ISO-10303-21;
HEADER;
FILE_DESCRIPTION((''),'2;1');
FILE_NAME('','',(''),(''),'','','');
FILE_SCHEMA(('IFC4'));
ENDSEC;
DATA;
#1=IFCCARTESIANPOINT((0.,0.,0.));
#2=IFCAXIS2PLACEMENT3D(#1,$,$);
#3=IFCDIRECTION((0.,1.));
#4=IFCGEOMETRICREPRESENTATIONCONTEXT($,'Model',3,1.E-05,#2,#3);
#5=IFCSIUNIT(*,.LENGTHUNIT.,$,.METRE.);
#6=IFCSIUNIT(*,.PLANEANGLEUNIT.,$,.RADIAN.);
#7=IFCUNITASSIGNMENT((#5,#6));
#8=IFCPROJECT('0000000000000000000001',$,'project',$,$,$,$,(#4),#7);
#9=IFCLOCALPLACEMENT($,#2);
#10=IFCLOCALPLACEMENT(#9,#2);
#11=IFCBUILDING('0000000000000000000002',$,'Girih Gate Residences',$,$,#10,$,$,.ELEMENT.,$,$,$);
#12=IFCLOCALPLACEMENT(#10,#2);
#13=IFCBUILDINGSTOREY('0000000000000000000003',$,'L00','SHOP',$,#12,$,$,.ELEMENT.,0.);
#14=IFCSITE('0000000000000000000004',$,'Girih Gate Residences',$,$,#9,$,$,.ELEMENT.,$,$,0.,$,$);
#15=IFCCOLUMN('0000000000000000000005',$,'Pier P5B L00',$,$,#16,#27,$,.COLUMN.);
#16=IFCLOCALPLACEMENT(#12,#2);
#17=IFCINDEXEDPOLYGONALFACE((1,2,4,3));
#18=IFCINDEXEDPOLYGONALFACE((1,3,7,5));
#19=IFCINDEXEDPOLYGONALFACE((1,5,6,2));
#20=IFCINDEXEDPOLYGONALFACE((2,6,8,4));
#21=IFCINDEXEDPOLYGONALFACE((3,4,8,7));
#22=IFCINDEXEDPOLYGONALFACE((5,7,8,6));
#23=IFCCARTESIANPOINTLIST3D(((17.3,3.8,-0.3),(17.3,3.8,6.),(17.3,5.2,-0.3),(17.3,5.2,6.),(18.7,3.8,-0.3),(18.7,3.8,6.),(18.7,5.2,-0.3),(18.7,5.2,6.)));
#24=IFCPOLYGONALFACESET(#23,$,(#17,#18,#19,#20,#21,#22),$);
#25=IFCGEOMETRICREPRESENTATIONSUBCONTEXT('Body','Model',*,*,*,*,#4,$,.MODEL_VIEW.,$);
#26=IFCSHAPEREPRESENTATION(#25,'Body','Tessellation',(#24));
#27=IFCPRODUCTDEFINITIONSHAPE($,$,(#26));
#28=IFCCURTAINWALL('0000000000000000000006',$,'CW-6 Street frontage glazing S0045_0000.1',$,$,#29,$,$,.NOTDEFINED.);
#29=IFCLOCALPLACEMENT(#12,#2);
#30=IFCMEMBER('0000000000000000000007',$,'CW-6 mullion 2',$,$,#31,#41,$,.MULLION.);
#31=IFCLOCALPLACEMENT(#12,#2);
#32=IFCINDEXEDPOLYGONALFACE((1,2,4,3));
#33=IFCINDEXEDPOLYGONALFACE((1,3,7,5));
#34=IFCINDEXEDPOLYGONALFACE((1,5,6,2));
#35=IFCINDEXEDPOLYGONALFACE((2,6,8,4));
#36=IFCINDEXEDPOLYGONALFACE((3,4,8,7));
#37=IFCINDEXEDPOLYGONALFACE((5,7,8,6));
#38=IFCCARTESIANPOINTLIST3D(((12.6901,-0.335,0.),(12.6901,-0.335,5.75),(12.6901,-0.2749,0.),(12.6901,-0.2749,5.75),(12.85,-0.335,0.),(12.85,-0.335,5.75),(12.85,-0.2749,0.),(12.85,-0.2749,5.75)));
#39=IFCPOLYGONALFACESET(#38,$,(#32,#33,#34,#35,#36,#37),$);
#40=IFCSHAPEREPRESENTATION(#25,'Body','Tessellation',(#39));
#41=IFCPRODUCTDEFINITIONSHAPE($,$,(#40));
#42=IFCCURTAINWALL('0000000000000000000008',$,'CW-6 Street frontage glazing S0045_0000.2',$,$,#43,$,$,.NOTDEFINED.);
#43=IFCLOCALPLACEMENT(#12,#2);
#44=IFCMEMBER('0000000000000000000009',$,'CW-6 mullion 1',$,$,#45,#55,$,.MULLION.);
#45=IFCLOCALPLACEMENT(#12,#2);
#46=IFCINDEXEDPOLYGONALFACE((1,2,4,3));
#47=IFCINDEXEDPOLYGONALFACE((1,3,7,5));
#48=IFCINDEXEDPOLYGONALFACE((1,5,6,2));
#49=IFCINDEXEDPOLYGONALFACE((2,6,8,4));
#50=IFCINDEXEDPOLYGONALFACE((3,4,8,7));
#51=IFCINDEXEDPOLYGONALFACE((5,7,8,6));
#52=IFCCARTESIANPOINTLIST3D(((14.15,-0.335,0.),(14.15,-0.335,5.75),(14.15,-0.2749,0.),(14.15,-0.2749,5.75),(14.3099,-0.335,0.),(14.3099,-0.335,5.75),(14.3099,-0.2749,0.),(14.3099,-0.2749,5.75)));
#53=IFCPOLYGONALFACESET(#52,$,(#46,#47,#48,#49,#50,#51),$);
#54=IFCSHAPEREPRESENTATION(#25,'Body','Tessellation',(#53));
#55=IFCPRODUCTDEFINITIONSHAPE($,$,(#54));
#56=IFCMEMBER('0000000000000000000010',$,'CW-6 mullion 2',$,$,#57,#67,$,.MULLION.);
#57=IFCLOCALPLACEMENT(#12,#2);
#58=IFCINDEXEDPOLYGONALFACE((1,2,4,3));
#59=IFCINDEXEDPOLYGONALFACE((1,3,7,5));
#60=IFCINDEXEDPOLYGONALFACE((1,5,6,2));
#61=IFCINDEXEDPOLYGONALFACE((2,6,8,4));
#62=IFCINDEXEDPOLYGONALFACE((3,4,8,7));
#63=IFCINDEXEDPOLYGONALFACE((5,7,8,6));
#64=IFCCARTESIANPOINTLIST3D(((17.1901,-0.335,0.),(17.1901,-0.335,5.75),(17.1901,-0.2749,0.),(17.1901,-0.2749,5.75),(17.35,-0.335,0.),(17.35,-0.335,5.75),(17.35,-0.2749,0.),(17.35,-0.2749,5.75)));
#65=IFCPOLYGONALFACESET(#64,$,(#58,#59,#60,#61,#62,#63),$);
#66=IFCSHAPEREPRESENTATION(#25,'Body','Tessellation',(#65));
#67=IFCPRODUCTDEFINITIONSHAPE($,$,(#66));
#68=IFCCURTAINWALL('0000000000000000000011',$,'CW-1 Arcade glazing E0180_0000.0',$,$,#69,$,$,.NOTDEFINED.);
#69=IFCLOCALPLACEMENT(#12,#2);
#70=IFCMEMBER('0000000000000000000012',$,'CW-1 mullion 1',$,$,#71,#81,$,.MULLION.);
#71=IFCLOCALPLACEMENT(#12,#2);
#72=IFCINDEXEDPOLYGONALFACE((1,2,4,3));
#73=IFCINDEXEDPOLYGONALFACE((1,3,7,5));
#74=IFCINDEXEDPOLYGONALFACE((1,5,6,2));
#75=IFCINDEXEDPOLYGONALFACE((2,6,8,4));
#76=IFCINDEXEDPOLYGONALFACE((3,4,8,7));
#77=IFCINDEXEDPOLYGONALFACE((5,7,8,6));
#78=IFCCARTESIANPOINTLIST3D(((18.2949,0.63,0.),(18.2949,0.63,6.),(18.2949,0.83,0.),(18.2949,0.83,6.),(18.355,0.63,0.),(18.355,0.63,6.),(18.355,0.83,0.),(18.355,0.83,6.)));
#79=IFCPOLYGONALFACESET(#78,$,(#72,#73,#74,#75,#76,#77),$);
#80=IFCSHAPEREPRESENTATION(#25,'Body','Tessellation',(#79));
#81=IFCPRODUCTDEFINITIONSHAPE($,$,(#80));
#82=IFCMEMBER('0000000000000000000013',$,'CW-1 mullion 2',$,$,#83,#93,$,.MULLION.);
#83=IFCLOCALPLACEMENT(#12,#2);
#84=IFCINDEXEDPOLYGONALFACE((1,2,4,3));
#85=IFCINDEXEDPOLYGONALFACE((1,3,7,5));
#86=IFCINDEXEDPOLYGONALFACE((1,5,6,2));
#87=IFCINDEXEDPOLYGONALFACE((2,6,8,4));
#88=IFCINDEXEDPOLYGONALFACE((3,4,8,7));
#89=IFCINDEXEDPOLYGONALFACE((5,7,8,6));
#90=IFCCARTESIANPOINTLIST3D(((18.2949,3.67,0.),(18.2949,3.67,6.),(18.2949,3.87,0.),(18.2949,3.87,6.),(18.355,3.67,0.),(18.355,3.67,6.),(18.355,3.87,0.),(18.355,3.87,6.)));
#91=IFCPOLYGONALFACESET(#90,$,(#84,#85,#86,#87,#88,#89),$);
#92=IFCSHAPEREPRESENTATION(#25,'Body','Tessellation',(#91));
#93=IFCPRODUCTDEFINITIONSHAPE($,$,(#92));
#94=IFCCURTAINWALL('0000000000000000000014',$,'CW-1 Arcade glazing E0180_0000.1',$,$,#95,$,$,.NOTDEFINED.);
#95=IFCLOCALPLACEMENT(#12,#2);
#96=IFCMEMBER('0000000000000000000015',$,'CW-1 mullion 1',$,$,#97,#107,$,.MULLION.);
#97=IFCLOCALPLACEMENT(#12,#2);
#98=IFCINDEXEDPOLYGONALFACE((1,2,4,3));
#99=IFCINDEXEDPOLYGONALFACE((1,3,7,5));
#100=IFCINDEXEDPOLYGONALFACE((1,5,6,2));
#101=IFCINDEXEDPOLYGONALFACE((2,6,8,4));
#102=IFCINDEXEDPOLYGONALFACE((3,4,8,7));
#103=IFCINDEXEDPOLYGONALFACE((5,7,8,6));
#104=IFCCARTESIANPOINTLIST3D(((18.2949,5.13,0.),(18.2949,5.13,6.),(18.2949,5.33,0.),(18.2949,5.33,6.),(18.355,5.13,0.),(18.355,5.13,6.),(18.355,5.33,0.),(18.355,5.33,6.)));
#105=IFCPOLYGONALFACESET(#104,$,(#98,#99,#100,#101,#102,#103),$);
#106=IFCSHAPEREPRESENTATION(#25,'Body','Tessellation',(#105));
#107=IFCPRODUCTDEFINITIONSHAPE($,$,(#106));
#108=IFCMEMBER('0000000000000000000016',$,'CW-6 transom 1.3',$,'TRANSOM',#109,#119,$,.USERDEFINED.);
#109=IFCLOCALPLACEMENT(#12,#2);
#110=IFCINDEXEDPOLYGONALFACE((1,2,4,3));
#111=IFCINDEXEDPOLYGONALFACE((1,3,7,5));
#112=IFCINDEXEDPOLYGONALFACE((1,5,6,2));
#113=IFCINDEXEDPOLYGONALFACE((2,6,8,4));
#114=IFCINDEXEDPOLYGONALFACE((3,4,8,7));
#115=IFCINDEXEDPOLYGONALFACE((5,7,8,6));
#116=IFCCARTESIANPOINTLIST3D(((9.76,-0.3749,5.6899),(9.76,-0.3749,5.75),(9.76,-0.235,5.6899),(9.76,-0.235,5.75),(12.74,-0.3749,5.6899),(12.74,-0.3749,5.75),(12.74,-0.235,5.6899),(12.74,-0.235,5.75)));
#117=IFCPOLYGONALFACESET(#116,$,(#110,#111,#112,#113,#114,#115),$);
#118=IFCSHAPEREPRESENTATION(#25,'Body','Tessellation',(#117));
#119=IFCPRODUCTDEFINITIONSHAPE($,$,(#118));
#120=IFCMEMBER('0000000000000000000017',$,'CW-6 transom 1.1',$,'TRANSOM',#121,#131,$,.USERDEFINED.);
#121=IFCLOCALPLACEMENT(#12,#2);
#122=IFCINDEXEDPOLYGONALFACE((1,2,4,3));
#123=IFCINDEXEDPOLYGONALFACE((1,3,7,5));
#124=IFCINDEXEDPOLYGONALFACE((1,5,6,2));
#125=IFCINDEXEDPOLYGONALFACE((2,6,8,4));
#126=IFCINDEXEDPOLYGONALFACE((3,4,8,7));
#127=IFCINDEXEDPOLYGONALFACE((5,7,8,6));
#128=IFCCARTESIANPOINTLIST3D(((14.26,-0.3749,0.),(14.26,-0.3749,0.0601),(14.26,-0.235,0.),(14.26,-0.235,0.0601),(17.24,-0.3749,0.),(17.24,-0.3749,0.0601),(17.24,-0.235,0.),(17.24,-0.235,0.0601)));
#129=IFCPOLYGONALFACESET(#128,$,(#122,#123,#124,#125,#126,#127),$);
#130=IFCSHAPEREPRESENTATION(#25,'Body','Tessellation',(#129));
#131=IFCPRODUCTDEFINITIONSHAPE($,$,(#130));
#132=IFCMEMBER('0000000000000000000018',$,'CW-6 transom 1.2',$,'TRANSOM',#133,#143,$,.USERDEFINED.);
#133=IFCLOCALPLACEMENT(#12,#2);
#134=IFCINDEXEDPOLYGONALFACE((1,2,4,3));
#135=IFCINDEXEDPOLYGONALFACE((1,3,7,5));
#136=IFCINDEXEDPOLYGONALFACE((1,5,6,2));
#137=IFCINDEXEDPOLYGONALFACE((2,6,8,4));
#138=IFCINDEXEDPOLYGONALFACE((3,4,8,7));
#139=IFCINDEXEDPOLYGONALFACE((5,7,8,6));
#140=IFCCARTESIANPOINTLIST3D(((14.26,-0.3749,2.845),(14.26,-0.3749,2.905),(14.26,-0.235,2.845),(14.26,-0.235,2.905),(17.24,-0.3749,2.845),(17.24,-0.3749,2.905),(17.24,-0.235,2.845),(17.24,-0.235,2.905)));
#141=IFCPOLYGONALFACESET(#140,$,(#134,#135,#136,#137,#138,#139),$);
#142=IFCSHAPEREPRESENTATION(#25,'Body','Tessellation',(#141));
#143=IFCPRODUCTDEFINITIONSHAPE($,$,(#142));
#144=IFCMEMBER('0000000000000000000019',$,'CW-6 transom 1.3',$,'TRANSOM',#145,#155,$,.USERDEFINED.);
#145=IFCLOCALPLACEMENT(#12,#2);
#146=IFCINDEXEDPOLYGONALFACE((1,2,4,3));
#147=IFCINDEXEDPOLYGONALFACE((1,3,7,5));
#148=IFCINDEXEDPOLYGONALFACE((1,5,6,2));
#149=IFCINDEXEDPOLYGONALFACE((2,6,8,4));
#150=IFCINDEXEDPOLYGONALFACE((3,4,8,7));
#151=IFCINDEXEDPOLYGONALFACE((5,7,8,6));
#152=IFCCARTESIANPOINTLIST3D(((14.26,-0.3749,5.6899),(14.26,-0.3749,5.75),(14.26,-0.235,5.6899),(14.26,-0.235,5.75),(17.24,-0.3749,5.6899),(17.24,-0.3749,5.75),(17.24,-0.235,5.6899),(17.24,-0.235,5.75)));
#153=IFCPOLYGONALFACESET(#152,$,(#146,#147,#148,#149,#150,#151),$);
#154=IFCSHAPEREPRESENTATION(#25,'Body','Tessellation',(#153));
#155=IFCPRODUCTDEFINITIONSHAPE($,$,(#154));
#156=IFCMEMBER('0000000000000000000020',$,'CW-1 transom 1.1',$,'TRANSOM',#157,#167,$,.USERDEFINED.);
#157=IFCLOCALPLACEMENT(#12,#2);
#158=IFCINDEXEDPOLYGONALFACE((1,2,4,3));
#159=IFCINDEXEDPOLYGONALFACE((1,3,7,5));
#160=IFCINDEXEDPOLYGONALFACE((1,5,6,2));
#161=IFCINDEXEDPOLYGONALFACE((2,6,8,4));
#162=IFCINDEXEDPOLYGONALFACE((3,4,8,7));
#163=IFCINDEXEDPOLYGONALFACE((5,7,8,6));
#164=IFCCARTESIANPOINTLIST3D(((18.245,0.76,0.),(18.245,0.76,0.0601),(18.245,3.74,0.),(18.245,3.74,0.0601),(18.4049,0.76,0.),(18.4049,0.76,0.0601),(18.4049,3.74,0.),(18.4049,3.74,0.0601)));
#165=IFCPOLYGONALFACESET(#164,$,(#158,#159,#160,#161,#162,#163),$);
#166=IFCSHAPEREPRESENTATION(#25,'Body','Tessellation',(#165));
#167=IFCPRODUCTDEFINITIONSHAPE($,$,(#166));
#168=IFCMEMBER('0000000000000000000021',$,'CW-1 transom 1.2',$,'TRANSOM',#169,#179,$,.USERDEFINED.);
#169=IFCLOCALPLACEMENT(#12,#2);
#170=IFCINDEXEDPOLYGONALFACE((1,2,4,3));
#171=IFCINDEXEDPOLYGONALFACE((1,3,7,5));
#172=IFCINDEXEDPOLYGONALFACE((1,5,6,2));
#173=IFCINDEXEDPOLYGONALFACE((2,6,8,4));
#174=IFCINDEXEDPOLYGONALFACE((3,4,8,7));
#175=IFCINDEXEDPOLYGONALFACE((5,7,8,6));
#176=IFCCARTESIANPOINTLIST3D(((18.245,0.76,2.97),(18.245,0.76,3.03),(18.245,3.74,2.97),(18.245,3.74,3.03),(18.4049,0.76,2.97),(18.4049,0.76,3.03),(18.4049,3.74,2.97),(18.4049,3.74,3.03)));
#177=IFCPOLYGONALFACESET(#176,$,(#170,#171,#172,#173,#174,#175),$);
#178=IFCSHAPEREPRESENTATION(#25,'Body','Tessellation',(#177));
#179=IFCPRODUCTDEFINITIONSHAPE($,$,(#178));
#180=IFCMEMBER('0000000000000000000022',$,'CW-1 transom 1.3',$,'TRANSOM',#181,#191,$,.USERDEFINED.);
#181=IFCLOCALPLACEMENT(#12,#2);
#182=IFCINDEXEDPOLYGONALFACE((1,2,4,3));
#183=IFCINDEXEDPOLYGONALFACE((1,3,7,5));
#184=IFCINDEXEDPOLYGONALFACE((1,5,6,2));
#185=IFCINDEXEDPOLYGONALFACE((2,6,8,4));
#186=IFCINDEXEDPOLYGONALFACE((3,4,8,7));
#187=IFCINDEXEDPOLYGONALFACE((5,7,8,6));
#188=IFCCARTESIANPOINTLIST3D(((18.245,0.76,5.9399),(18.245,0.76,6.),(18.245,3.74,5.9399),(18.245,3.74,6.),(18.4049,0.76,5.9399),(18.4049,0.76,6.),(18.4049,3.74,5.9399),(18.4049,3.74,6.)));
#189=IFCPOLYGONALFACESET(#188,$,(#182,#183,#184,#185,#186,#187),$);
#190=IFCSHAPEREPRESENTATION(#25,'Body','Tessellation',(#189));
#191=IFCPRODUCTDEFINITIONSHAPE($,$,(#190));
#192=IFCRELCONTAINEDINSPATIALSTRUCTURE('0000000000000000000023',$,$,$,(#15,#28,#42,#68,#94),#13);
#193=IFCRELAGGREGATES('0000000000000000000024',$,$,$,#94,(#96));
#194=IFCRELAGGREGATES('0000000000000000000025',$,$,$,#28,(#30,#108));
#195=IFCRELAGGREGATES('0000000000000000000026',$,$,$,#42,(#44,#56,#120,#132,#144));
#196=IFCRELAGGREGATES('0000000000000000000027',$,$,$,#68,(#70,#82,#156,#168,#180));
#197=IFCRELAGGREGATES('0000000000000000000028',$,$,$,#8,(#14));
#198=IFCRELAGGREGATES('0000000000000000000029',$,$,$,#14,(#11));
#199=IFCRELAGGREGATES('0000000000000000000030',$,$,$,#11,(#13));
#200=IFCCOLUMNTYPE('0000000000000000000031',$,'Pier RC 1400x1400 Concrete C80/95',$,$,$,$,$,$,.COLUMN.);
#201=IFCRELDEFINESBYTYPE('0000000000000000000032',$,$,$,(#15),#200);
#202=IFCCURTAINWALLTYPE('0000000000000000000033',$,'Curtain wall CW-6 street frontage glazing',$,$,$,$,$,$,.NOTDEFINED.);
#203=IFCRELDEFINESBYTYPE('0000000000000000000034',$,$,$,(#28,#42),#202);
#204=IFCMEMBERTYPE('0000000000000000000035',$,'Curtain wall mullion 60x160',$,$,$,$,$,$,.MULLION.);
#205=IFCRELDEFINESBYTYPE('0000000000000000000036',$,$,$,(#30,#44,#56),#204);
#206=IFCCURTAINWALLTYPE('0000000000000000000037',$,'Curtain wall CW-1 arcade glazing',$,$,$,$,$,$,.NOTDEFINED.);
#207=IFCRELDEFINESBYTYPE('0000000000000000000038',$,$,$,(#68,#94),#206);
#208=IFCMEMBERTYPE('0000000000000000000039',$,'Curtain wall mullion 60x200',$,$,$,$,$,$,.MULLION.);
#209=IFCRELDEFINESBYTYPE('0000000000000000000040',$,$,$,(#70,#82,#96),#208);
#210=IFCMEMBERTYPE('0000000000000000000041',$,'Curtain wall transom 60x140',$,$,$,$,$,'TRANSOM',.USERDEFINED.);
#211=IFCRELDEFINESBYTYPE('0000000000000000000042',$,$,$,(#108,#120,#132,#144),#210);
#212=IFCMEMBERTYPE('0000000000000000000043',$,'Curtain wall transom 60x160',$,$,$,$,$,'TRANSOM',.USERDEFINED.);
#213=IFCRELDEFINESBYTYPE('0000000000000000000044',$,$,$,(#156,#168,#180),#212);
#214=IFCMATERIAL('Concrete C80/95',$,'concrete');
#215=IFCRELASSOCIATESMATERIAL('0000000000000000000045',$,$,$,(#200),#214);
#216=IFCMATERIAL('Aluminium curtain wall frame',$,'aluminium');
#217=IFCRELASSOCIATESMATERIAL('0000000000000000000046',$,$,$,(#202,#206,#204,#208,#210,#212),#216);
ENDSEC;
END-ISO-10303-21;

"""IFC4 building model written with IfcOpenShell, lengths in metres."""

from ifc_helpers import new_model, si_unit, direction, frame, origin, origin_2d, place, context, subcontext, project, spatial, rectangle, extrude, material, material_profile, profile_set, type_object, element, aggregate, save


model = new_model("IFC4")

# Units and contexts
model_context = context("Model", 3, precision=1e-05, world=origin(), true_north=direction((0.0, 1.0)))
body_context = subcontext(model_context, "Body", "Model", "MODEL_VIEW")
ifc_project = project(units=[si_unit("LENGTHUNIT", "METRE"), si_unit("PLANEANGLEUNIT", "RADIAN")], contexts=[model_context])

# Site, building, storey
site_placement = place(None, origin())
site = spatial("IfcSite", under=ifc_project, at=site_placement, Name="Girih Gate Residences", CompositionType="ELEMENT", RefElevation=0.0)
building_placement = place(site_placement, origin())
building = spatial("IfcBuilding", under=site, at=building_placement, Name="Girih Gate Residences", CompositionType="ELEMENT")
storey_placement = place(building_placement, origin())
storey = spatial("IfcBuildingStorey", under=building, at=storey_placement, Name="L00", Description="SHOP", CompositionType="ELEMENT", Elevation=0.0)

# Column
ifc_material_1 = material(Name="Concrete C80/95", Category="concrete")
ifc_material_profile_1 = material_profile(ifc_material_1, rectangle(XDim=1.3999, YDim=1.3999, at=origin_2d()))
ifc_profile_set_1 = profile_set([ifc_material_profile_1], Name="Concrete C80/95")
column_type = type_object("IfcColumnType", Name="Pier RC 1400x1400 Concrete C80/95", PredefinedType="COLUMN", material=ifc_profile_set_1)
for number, where, z_axis, x_axis, name in (
    (1, (18.0, 4.5, -0.3), (0.0, 0.0, 1.0), (1.0, 0.0, 0.0), "Pier P5B L00"),
):
    element("IfcColumn", number, at=place(storey_placement, frame(where, z_axis=z_axis, x_axis=x_axis)), inside=storey, type_object=column_type, Name=name, PredefinedType="COLUMN", context=body_context, shape_type="SweptSolid", body=[
        extrude(rectangle(XDim=1.3999, YDim=1.3999, at=origin_2d()), origin(), (0.0, 0.0, 1.0), 6.3),
    ])

# Curtain wall, member
ifc_material_2 = material(Name="Aluminium curtain wall frame", Category="aluminium")
curtain_wall_type_1 = type_object("IfcCurtainWallType", Name="Curtain wall CW-6 street frontage glazing", PredefinedType="NOTDEFINED", material=ifc_material_2)
curtain_wall_1_placement = place(storey_placement, origin())
curtain_wall_1 = element("IfcCurtainWall", 2, at=curtain_wall_1_placement, inside=storey, type_object=curtain_wall_type_1, Name="CW-6 Street frontage glazing S0045_0000.1", PredefinedType="NOTDEFINED")
ifc_material_profile_2 = material_profile(ifc_material_2, rectangle(XDim=0.0601, YDim=0.1599, at=origin_2d()))
ifc_profile_set_2 = profile_set([ifc_material_profile_2], Name="Aluminium curtain wall frame")
member_type_1 = type_object("IfcMemberType", Name="Curtain wall mullion 60x160", PredefinedType="MULLION", material=ifc_profile_set_2)
member_1_placement = place(storey_placement, frame((12.77, -0.3049, 0.0), z_axis=(0.0, 0.0, 1.0), x_axis=(0.0, 1.0, 0.0)))
member_1 = element("IfcMember", 3, at=member_1_placement, type_object=member_type_1, Name="CW-6 mullion 2", PredefinedType="MULLION", context=body_context, shape_type="SweptSolid", body=[
    extrude(rectangle(XDim=0.0601, YDim=0.1599, at=origin_2d()), origin(), (0.0, 0.0, 1.0), 5.75),
])

# Curtain walls, members
curtain_wall_2_placement = place(storey_placement, origin())
curtain_wall_2 = element("IfcCurtainWall", 4, at=curtain_wall_2_placement, inside=storey, type_object=curtain_wall_type_1, Name="CW-6 Street frontage glazing S0045_0000.2", PredefinedType="NOTDEFINED")
member_2_placement = place(storey_placement, frame((14.23, -0.3049, 0.0), z_axis=(0.0, 0.0, 1.0), x_axis=(0.0, 1.0, 0.0)))
member_2 = element("IfcMember", 5, at=member_2_placement, type_object=member_type_1, Name="CW-6 mullion 1", PredefinedType="MULLION", context=body_context, shape_type="SweptSolid", body=[
    extrude(rectangle(XDim=0.0601, YDim=0.1599, at=origin_2d()), origin(), (0.0, 0.0, 1.0), 5.75),
])
member_3_placement = place(storey_placement, frame((17.27, -0.3049, 0.0), z_axis=(0.0, 0.0, 1.0), x_axis=(0.0, 1.0, 0.0)))
member_3 = element("IfcMember", 6, at=member_3_placement, type_object=member_type_1, Name="CW-6 mullion 2", PredefinedType="MULLION", context=body_context, shape_type="SweptSolid", body=[
    extrude(rectangle(XDim=0.0601, YDim=0.1599, at=origin_2d()), origin(), (0.0, 0.0, 1.0), 5.75),
])
curtain_wall_type_2 = type_object("IfcCurtainWallType", Name="Curtain wall CW-1 arcade glazing", PredefinedType="NOTDEFINED", material=ifc_material_2)
curtain_wall_3_placement = place(storey_placement, origin())
curtain_wall_3 = element("IfcCurtainWall", 7, at=curtain_wall_3_placement, inside=storey, type_object=curtain_wall_type_2, Name="CW-1 Arcade glazing E0180_0000.0", PredefinedType="NOTDEFINED")
ifc_material_profile_3 = material_profile(ifc_material_2, rectangle(XDim=0.0601, YDim=0.2, at=origin_2d()))
ifc_profile_set_3 = profile_set([ifc_material_profile_3], Name="Aluminium curtain wall frame")
member_type_2 = type_object("IfcMemberType", Name="Curtain wall mullion 60x200", PredefinedType="MULLION", material=ifc_profile_set_3)
member_4_placement = place(storey_placement, frame((18.325, 0.73, 0.0), z_axis=(0.0, 0.0, 1.0), x_axis=(-1.0, 0.0, 0.0)))
member_4 = element("IfcMember", 8, at=member_4_placement, type_object=member_type_2, Name="CW-1 mullion 1", PredefinedType="MULLION", context=body_context, shape_type="SweptSolid", body=[
    extrude(rectangle(XDim=0.0601, YDim=0.2, at=origin_2d()), origin(), (0.0, 0.0, 1.0), 6.0),
])
member_5_placement = place(storey_placement, frame((18.325, 3.77, 0.0), z_axis=(0.0, 0.0, 1.0), x_axis=(-1.0, 0.0, 0.0)))
member_5 = element("IfcMember", 9, at=member_5_placement, type_object=member_type_2, Name="CW-1 mullion 2", PredefinedType="MULLION", context=body_context, shape_type="SweptSolid", body=[
    extrude(rectangle(XDim=0.0601, YDim=0.2, at=origin_2d()), origin(), (0.0, 0.0, 1.0), 6.0),
])

# Curtain wall, member
curtain_wall_4_placement = place(storey_placement, origin())
curtain_wall_4 = element("IfcCurtainWall", 10, at=curtain_wall_4_placement, inside=storey, type_object=curtain_wall_type_2, Name="CW-1 Arcade glazing E0180_0000.1", PredefinedType="NOTDEFINED")
member_6_placement = place(storey_placement, frame((18.325, 5.23, 0.0), z_axis=(0.0, 0.0, 1.0), x_axis=(-1.0, 0.0, 0.0)))
member_6 = element("IfcMember", 11, at=member_6_placement, type_object=member_type_2, Name="CW-1 mullion 1", PredefinedType="MULLION", context=body_context, shape_type="SweptSolid", body=[
    extrude(rectangle(XDim=0.0601, YDim=0.2, at=origin_2d()), origin(), (0.0, 0.0, 1.0), 6.0),
])

# Members
ifc_material_profile_4 = material_profile(ifc_material_2, rectangle(XDim=0.1399, YDim=0.0601, at=origin_2d()))
ifc_profile_set_4 = profile_set([ifc_material_profile_4], Name="Aluminium curtain wall frame")
member_type_3 = type_object("IfcMemberType", Name="Curtain wall transom 60x140", ElementType="TRANSOM", PredefinedType="USERDEFINED", material=ifc_profile_set_4)
member_7_placement = place(storey_placement, frame((9.76, -0.3049, 5.72), z_axis=(1.0, 0.0, 0.0), x_axis=(0.0, 1.0, 0.0)))
member_7 = element("IfcMember", 12, at=member_7_placement, type_object=member_type_3, Name="CW-6 transom 1.3", ObjectType="TRANSOM", PredefinedType="USERDEFINED", context=body_context, shape_type="SweptSolid", body=[
    extrude(rectangle(XDim=0.1399, YDim=0.0601, at=origin_2d()), origin(), (0.0, 0.0, 1.0), 2.98),
])
member_8_placement = place(storey_placement, frame((14.26, -0.3049, 0.03), z_axis=(1.0, 0.0, 0.0), x_axis=(0.0, 1.0, 0.0)))
member_8 = element("IfcMember", 13, at=member_8_placement, type_object=member_type_3, Name="CW-6 transom 1.1", ObjectType="TRANSOM", PredefinedType="USERDEFINED", context=body_context, shape_type="SweptSolid", body=[
    extrude(rectangle(XDim=0.1399, YDim=0.0601, at=origin_2d()), origin(), (0.0, 0.0, 1.0), 2.98),
])
member_9_placement = place(storey_placement, frame((14.26, -0.3049, 2.875), z_axis=(1.0, 0.0, 0.0), x_axis=(0.0, 1.0, 0.0)))
member_9 = element("IfcMember", 14, at=member_9_placement, type_object=member_type_3, Name="CW-6 transom 1.2", ObjectType="TRANSOM", PredefinedType="USERDEFINED", context=body_context, shape_type="SweptSolid", body=[
    extrude(rectangle(XDim=0.1399, YDim=0.0601, at=origin_2d()), origin(), (0.0, 0.0, 1.0), 2.98),
])
member_10_placement = place(storey_placement, frame((14.26, -0.3049, 5.72), z_axis=(1.0, 0.0, 0.0), x_axis=(0.0, 1.0, 0.0)))
member_10 = element("IfcMember", 15, at=member_10_placement, type_object=member_type_3, Name="CW-6 transom 1.3", ObjectType="TRANSOM", PredefinedType="USERDEFINED", context=body_context, shape_type="SweptSolid", body=[
    extrude(rectangle(XDim=0.1399, YDim=0.0601, at=origin_2d()), origin(), (0.0, 0.0, 1.0), 2.98),
])
ifc_material_profile_5 = material_profile(ifc_material_2, rectangle(XDim=0.1599, YDim=0.0601, at=origin_2d()))
ifc_profile_set_5 = profile_set([ifc_material_profile_5], Name="Aluminium curtain wall frame")
member_type_4 = type_object("IfcMemberType", Name="Curtain wall transom 60x160", ElementType="TRANSOM", PredefinedType="USERDEFINED", material=ifc_profile_set_5)
member_11_placement = place(storey_placement, frame((18.325, 0.76, 0.03), z_axis=(0.0, 1.0, 0.0), x_axis=(-1.0, 0.0, 0.0)))
member_11 = element("IfcMember", 16, at=member_11_placement, type_object=member_type_4, Name="CW-1 transom 1.1", ObjectType="TRANSOM", PredefinedType="USERDEFINED", context=body_context, shape_type="SweptSolid", body=[
    extrude(rectangle(XDim=0.1599, YDim=0.0601, at=origin_2d()), origin(), (0.0, 0.0, 1.0), 2.98),
])
member_12_placement = place(storey_placement, frame((18.325, 0.76, 3.0), z_axis=(0.0, 1.0, 0.0), x_axis=(-1.0, 0.0, 0.0)))
member_12 = element("IfcMember", 17, at=member_12_placement, type_object=member_type_4, Name="CW-1 transom 1.2", ObjectType="TRANSOM", PredefinedType="USERDEFINED", context=body_context, shape_type="SweptSolid", body=[
    extrude(rectangle(XDim=0.1599, YDim=0.0601, at=origin_2d()), origin(), (0.0, 0.0, 1.0), 2.98),
])
member_13_placement = place(storey_placement, frame((18.325, 0.76, 5.97), z_axis=(0.0, 1.0, 0.0), x_axis=(-1.0, 0.0, 0.0)))
member_13 = element("IfcMember", 18, at=member_13_placement, type_object=member_type_4, Name="CW-1 transom 1.3", ObjectType="TRANSOM", PredefinedType="USERDEFINED", context=body_context, shape_type="SweptSolid", body=[
    extrude(rectangle(XDim=0.1599, YDim=0.0601, at=origin_2d()), origin(), (0.0, 0.0, 1.0), 2.98),
])
aggregate(curtain_wall_4, [member_6])

aggregate(curtain_wall_1, [member_1, member_7])
aggregate(curtain_wall_2, [member_2, member_3, member_8, member_9, member_10])
aggregate(curtain_wall_3, [member_4, member_5, member_11, member_12, member_13])

save(model, "model.ifc")
